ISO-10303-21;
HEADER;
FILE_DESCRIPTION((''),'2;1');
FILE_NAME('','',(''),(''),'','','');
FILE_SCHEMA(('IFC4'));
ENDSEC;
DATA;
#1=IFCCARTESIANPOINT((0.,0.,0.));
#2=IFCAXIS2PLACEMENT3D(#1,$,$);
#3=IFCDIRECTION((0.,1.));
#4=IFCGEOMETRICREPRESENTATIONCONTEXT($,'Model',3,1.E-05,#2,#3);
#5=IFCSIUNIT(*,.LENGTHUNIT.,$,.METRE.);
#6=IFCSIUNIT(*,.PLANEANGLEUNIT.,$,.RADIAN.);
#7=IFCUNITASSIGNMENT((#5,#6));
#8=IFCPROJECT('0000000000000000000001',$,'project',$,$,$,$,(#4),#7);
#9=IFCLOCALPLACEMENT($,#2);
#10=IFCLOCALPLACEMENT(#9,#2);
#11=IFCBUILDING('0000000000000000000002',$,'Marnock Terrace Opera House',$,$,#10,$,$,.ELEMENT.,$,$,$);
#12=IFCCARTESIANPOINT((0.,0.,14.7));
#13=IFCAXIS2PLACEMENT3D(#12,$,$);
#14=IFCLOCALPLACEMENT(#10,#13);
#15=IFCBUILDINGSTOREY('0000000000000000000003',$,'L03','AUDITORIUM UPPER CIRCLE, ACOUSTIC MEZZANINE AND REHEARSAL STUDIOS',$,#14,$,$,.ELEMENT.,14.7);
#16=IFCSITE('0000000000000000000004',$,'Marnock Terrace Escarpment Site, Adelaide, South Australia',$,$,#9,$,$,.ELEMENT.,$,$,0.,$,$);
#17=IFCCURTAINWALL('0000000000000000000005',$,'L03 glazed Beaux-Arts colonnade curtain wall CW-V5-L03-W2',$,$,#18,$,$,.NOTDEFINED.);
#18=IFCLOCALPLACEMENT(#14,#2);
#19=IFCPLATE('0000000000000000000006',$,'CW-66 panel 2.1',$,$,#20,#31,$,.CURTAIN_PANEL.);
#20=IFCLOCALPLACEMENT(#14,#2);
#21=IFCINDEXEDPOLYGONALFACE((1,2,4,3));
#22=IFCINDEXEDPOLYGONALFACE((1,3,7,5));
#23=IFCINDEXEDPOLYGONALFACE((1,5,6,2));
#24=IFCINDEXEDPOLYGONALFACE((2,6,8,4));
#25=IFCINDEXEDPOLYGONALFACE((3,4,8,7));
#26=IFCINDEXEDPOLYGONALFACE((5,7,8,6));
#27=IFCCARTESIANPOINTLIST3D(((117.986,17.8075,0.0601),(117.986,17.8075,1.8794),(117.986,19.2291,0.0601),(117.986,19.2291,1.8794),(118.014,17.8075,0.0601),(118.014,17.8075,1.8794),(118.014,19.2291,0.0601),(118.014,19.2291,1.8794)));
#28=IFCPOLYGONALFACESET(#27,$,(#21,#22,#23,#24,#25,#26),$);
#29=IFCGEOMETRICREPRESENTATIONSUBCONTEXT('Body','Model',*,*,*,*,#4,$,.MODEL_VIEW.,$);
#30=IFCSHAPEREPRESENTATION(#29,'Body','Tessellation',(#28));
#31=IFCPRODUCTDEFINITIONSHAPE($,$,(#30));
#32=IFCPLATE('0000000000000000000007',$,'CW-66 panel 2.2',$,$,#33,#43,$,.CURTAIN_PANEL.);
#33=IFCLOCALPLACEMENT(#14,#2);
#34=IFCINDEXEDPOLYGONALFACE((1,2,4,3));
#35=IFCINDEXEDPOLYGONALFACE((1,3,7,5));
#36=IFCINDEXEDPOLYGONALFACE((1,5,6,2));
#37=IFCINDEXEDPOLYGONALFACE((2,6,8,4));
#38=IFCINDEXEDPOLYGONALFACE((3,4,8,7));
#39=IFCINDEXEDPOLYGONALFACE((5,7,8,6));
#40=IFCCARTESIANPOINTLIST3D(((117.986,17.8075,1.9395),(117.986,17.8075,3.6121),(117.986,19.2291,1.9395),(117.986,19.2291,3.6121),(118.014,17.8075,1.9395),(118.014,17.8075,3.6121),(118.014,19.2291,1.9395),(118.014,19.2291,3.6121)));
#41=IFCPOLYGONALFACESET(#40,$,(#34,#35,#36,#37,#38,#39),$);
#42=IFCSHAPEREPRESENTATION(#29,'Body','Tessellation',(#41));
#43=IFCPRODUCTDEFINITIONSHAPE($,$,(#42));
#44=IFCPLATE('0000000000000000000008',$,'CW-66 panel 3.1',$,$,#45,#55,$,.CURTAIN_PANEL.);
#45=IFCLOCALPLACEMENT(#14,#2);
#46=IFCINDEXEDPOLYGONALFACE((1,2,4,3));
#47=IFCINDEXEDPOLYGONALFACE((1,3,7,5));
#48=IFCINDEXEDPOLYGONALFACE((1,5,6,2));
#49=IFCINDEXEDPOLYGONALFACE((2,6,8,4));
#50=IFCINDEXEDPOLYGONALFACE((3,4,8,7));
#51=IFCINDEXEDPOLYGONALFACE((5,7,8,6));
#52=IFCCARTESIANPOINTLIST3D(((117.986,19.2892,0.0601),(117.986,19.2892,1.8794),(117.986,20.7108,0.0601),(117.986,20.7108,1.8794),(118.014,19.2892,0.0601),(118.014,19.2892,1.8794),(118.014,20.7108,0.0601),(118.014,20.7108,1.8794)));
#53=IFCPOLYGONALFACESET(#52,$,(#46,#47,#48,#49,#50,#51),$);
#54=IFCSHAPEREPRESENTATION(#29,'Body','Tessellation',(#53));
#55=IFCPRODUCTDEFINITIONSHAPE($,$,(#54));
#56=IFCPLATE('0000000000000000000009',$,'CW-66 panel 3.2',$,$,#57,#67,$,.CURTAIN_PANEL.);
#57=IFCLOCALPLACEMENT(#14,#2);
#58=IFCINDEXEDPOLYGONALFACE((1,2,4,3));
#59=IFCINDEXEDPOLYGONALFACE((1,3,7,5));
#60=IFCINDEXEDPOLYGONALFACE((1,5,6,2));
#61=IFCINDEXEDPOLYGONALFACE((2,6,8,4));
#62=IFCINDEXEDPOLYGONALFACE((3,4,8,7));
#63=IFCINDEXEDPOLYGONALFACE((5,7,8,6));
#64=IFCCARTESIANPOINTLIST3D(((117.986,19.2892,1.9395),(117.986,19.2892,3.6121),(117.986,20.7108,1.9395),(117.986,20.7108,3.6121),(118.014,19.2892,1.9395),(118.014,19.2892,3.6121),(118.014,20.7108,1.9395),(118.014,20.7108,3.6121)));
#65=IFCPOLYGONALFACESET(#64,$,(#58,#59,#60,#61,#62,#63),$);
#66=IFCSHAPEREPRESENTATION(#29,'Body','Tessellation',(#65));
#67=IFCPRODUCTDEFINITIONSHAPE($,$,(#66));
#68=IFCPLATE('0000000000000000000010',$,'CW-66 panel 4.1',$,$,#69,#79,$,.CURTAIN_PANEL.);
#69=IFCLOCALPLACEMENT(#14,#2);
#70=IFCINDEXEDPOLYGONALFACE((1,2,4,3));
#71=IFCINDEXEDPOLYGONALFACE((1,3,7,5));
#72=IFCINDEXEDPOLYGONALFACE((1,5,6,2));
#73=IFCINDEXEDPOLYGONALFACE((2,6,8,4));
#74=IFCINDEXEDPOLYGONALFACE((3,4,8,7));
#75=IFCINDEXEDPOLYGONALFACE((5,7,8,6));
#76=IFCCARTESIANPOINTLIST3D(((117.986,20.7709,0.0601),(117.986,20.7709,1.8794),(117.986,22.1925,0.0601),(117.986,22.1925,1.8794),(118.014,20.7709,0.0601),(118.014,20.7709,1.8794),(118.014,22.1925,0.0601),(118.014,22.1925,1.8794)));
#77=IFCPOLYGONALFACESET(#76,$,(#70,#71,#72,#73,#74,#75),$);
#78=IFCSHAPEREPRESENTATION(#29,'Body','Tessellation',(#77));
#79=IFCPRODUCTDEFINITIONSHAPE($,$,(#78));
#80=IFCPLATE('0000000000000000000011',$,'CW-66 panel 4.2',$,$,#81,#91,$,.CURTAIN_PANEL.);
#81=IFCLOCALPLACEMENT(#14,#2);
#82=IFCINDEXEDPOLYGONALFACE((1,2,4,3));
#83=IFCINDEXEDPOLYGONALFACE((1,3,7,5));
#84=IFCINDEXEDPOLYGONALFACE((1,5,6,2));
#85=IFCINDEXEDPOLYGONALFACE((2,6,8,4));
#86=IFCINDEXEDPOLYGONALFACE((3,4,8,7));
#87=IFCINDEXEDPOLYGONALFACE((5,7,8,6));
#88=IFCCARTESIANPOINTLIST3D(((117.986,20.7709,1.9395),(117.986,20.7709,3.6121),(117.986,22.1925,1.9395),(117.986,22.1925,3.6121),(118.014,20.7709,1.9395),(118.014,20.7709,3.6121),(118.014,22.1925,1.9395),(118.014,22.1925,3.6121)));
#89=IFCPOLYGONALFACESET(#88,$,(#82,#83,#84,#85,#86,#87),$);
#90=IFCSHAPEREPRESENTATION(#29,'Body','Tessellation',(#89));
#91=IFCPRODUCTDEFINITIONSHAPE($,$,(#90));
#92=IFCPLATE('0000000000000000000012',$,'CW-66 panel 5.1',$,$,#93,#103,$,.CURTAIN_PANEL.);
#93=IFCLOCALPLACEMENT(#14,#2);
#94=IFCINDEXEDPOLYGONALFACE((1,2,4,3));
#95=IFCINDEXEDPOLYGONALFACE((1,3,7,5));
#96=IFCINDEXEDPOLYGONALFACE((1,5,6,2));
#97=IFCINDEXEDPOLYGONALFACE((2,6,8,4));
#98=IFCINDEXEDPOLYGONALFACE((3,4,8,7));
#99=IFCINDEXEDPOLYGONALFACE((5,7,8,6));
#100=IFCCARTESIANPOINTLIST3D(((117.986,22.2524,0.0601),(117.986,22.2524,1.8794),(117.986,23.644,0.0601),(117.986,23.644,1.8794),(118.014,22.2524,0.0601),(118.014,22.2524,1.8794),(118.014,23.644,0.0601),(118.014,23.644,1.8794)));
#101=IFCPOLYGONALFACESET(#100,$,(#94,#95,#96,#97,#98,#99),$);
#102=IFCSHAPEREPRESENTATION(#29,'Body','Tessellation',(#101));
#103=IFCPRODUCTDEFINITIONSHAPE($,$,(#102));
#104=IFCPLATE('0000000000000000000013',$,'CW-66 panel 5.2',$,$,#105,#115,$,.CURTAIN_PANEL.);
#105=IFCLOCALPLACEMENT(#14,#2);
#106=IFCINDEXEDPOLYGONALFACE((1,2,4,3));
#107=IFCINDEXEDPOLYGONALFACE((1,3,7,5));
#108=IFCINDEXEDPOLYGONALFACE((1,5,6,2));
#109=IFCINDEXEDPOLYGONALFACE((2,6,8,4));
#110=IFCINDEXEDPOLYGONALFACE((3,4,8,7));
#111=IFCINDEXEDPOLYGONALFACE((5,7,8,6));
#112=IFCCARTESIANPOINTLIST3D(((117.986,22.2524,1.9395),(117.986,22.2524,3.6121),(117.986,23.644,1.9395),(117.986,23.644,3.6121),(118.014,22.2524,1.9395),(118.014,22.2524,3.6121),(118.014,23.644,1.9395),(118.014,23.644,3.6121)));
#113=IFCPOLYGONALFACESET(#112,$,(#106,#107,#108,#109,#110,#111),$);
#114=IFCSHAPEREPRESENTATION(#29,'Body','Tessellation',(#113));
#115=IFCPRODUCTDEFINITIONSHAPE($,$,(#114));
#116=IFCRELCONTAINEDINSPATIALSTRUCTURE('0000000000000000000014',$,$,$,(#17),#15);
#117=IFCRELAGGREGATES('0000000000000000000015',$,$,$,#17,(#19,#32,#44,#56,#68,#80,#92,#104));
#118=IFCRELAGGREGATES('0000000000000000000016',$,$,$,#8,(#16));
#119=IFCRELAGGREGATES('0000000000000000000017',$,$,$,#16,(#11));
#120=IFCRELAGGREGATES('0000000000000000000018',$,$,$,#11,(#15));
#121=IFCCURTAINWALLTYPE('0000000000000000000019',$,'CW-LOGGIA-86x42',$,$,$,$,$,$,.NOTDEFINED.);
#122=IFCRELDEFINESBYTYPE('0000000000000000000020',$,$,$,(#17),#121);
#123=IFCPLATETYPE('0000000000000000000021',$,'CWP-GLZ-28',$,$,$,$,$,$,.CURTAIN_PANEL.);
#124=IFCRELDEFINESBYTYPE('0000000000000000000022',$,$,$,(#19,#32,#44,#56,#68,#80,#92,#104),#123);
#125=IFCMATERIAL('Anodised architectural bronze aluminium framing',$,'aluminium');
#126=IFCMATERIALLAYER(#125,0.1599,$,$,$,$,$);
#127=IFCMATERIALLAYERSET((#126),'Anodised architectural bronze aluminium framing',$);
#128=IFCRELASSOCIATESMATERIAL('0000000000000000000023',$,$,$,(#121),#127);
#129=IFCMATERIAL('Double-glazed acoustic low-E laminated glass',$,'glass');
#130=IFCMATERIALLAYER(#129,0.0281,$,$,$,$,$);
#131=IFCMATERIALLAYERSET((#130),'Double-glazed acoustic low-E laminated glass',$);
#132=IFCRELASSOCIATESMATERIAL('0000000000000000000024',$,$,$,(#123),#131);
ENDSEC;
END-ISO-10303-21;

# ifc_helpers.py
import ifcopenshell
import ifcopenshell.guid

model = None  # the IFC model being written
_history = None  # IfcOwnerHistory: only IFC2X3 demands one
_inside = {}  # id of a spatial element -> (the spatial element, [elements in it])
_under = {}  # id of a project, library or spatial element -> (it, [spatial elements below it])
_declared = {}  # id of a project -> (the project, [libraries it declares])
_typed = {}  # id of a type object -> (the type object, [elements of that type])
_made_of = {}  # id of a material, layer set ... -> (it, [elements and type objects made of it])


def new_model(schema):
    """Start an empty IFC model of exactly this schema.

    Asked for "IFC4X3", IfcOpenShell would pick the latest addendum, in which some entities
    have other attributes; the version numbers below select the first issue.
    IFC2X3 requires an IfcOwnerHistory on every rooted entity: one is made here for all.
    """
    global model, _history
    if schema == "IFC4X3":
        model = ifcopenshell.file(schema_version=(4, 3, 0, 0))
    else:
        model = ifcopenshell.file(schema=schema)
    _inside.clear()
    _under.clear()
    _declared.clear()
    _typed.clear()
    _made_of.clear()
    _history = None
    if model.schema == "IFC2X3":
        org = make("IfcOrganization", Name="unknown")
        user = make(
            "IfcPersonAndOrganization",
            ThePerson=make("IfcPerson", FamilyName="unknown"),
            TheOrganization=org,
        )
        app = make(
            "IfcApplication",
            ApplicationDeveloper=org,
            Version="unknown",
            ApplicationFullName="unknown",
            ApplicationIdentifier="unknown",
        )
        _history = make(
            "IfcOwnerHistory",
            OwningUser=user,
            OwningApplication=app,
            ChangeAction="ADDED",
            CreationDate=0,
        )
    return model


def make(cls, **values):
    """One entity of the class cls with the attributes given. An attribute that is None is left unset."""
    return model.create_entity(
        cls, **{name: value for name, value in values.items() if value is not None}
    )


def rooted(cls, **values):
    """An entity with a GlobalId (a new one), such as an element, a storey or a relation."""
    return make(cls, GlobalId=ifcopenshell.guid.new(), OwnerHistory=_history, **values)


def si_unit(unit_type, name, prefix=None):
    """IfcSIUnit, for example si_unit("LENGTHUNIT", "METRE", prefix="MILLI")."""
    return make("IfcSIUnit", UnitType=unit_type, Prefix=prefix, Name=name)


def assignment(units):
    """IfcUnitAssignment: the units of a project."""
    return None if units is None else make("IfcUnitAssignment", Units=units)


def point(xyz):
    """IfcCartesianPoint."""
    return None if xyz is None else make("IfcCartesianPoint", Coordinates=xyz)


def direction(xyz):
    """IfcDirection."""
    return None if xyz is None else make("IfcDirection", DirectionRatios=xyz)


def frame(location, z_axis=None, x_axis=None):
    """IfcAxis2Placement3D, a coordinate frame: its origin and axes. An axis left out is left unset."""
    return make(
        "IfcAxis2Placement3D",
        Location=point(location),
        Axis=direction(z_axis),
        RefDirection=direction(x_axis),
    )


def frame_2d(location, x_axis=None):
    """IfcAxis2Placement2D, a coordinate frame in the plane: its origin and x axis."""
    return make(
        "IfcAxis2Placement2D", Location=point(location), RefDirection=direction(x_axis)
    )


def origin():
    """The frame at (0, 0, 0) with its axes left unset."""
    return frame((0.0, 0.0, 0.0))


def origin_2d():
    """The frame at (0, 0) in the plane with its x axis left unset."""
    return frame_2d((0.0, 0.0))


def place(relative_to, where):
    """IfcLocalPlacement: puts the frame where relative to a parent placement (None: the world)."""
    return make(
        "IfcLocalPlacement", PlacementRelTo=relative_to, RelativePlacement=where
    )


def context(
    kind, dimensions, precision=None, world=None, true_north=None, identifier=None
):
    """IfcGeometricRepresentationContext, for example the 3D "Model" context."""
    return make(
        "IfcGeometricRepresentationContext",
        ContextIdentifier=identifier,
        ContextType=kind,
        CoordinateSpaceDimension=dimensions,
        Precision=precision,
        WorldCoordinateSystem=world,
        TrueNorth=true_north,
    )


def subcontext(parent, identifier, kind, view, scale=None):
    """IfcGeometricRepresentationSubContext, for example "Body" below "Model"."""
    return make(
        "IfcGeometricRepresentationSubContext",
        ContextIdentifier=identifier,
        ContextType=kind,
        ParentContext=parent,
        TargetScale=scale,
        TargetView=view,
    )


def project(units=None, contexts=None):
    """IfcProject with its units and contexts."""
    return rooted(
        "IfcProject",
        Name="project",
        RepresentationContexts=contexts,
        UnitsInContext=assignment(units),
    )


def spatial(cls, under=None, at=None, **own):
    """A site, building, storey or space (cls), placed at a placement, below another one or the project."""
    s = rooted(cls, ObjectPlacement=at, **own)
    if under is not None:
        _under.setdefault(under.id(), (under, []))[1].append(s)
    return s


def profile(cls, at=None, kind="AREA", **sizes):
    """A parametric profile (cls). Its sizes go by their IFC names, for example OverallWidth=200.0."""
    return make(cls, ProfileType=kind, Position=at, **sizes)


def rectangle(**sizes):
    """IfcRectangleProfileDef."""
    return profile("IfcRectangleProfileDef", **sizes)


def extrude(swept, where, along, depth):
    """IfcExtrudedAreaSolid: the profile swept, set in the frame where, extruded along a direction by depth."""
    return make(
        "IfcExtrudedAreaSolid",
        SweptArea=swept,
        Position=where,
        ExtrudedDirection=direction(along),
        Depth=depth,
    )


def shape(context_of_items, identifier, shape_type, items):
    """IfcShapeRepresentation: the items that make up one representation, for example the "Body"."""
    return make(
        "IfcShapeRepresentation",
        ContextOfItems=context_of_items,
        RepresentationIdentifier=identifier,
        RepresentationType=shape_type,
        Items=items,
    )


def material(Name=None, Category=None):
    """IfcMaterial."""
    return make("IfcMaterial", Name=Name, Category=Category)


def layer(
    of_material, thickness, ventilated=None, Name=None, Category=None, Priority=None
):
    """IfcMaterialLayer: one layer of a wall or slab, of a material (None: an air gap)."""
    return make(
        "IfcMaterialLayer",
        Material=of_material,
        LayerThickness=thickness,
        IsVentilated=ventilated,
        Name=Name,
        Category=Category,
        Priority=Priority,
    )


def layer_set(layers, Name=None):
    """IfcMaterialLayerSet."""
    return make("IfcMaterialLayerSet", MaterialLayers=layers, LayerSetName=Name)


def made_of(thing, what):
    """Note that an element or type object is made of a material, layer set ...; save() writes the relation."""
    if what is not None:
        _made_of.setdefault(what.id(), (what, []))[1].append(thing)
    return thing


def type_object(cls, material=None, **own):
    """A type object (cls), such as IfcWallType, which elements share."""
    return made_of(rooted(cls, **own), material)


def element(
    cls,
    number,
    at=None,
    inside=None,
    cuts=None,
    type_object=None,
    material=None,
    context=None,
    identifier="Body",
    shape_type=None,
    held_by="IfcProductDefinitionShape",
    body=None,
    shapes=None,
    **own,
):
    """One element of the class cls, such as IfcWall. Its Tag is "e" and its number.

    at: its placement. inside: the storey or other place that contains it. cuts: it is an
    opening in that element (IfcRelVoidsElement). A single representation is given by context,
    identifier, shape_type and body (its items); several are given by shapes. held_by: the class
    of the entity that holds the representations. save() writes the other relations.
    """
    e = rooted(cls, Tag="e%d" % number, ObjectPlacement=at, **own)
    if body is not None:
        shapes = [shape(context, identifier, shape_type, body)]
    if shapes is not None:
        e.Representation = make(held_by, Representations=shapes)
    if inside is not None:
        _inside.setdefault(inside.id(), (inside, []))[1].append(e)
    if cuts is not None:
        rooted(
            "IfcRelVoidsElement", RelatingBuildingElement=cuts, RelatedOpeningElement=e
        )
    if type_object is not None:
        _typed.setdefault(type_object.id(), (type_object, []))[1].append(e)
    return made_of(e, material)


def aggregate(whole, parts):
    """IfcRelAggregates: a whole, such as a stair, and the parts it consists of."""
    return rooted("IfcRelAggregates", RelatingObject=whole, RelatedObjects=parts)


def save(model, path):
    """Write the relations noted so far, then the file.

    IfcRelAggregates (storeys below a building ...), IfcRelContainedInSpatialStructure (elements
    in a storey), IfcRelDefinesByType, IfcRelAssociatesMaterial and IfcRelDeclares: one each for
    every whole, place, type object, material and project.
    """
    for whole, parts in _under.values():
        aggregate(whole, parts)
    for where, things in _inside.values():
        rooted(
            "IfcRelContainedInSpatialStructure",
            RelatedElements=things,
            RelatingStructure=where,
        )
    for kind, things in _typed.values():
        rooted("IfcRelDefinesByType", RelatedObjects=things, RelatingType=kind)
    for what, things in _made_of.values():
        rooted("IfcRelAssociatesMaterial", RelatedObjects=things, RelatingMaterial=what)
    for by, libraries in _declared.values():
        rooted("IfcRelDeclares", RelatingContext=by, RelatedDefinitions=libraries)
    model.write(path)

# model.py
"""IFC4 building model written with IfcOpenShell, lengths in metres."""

from ifc_helpers import new_model, si_unit, direction, frame, origin, origin_2d, place, context, subcontext, project, spatial, rectangle, extrude, material, layer, layer_set, type_object, element, aggregate, save


model = new_model("IFC4")

# Units and contexts
model_context = context("Model", 3, precision=1e-05, world=origin(), true_north=direction((0.0, 1.0)))
body_context = subcontext(model_context, "Body", "Model", "MODEL_VIEW")
ifc_project = project(units=[si_unit("LENGTHUNIT", "METRE"), si_unit("PLANEANGLEUNIT", "RADIAN")], contexts=[model_context])

# Site, building, storey
site_placement = place(None, origin())
site = spatial("IfcSite", under=ifc_project, at=site_placement, Name="Marnock Terrace Escarpment Site, Adelaide, South Australia", CompositionType="ELEMENT", RefElevation=0.0)
building_placement = place(site_placement, origin())
building = spatial("IfcBuilding", under=site, at=building_placement, Name="Marnock Terrace Opera House", CompositionType="ELEMENT")
storey_placement = place(building_placement, frame((0.0, 0.0, 14.7)))
storey = spatial("IfcBuildingStorey", under=building, at=storey_placement, Name="L03", Description="AUDITORIUM UPPER CIRCLE, ACOUSTIC MEZZANINE AND REHEARSAL STUDIOS", CompositionType="ELEMENT", Elevation=14.7)

# Curtain wall, plates
ifc_material_1 = material(Name="Anodised architectural bronze aluminium framing", Category="aluminium")
ifc_layer_1 = layer(ifc_material_1, 0.1599)
ifc_layer_set_1 = layer_set([ifc_layer_1], Name="Anodised architectural bronze aluminium framing")
curtain_wall_type = type_object("IfcCurtainWallType", Name="CW-LOGGIA-86x42", PredefinedType="NOTDEFINED", material=ifc_layer_set_1)
curtain_wall_placement = place(storey_placement, origin())
curtain_wall = element("IfcCurtainWall", 1, at=curtain_wall_placement, inside=storey, type_object=curtain_wall_type, Name="L03 glazed Beaux-Arts colonnade curtain wall CW-V5-L03-W2", PredefinedType="NOTDEFINED")
ifc_material_2 = material(Name="Double-glazed acoustic low-E laminated glass", Category="glass")
ifc_layer_2 = layer(ifc_material_2, 0.0281)
ifc_layer_set_2 = layer_set([ifc_layer_2], Name="Double-glazed acoustic low-E laminated glass")
plate_type = type_object("IfcPlateType", Name="CWP-GLZ-28", PredefinedType="CURTAIN_PANEL", material=ifc_layer_set_2)
plate_1_placement = place(storey_placement, frame((118.0, 18.5183, 0.0601), z_axis=(0.0, 0.0, 1.0), x_axis=(0.0, 1.0, 0.0)))
plate_1 = element("IfcPlate", 2, at=plate_1_placement, type_object=plate_type, Name="CW-66 panel 2.1", PredefinedType="CURTAIN_PANEL", context=body_context, shape_type="SweptSolid", body=[
    extrude(rectangle(XDim=1.4216, YDim=0.0281, at=origin_2d()), origin(), (0.0, 0.0, 1.0), 1.8193),
])
plate_2_placement = place(storey_placement, frame((118.0, 18.5183, 1.9395), z_axis=(0.0, 0.0, 1.0), x_axis=(0.0, 1.0, 0.0)))
plate_2 = element("IfcPlate", 3, at=plate_2_placement, type_object=plate_type, Name="CW-66 panel 2.2", PredefinedType="CURTAIN_PANEL", context=body_context, shape_type="SweptSolid", body=[
    extrude(rectangle(XDim=1.4216, YDim=0.0281, at=origin_2d()), origin(), (0.0, 0.0, 1.0), 1.6726),
])
plate_3_placement = place(storey_placement, frame((118.0, 20.0, 0.0601), z_axis=(0.0, 0.0, 1.0), x_axis=(0.0, 1.0, 0.0)))
plate_3 = element("IfcPlate", 4, at=plate_3_placement, type_object=plate_type, Name="CW-66 panel 3.1", PredefinedType="CURTAIN_PANEL", context=body_context, shape_type="SweptSolid", body=[
    extrude(rectangle(XDim=1.4216, YDim=0.0281, at=origin_2d()), origin(), (0.0, 0.0, 1.0), 1.8193),
])
plate_4_placement = place(storey_placement, frame((118.0, 20.0, 1.9395), z_axis=(0.0, 0.0, 1.0), x_axis=(0.0, 1.0, 0.0)))
plate_4 = element("IfcPlate", 5, at=plate_4_placement, type_object=plate_type, Name="CW-66 panel 3.2", PredefinedType="CURTAIN_PANEL", context=body_context, shape_type="SweptSolid", body=[
    extrude(rectangle(XDim=1.4216, YDim=0.0281, at=origin_2d()), origin(), (0.0, 0.0, 1.0), 1.6726),
])
plate_5_placement = place(storey_placement, frame((118.0, 21.4817, 0.0601), z_axis=(0.0, 0.0, 1.0), x_axis=(0.0, 1.0, 0.0)))
plate_5 = element("IfcPlate", 6, at=plate_5_placement, type_object=plate_type, Name="CW-66 panel 4.1", PredefinedType="CURTAIN_PANEL", context=body_context, shape_type="SweptSolid", body=[
    extrude(rectangle(XDim=1.4216, YDim=0.0281, at=origin_2d()), origin(), (0.0, 0.0, 1.0), 1.8193),
])
plate_6_placement = place(storey_placement, frame((118.0, 21.4817, 1.9395), z_axis=(0.0, 0.0, 1.0), x_axis=(0.0, 1.0, 0.0)))
plate_6 = element("IfcPlate", 7, at=plate_6_placement, type_object=plate_type, Name="CW-66 panel 4.2", PredefinedType="CURTAIN_PANEL", context=body_context, shape_type="SweptSolid", body=[
    extrude(rectangle(XDim=1.4216, YDim=0.0281, at=origin_2d()), origin(), (0.0, 0.0, 1.0), 1.6726),
])
plate_7_placement = place(storey_placement, frame((118.0, 22.9482, 0.0601), z_axis=(0.0, 0.0, 1.0), x_axis=(0.0, 1.0, 0.0)))
plate_7 = element("IfcPlate", 8, at=plate_7_placement, type_object=plate_type, Name="CW-66 panel 5.1", PredefinedType="CURTAIN_PANEL", context=body_context, shape_type="SweptSolid", body=[
    extrude(rectangle(XDim=1.3916, YDim=0.0281, at=origin_2d()), origin(), (0.0, 0.0, 1.0), 1.8193),
])
plate_8_placement = place(storey_placement, frame((118.0, 22.9482, 1.9395), z_axis=(0.0, 0.0, 1.0), x_axis=(0.0, 1.0, 0.0)))
plate_8 = element("IfcPlate", 9, at=plate_8_placement, type_object=plate_type, Name="CW-66 panel 5.2", PredefinedType="CURTAIN_PANEL", context=body_context, shape_type="SweptSolid", body=[
    extrude(rectangle(XDim=1.3916, YDim=0.0281, at=origin_2d()), origin(), (0.0, 0.0, 1.0), 1.6726),
])
aggregate(curtain_wall, [plate_1, plate_2, plate_3, plate_4, plate_5, plate_6, plate_7, plate_8])

save(model, "model.ifc")
